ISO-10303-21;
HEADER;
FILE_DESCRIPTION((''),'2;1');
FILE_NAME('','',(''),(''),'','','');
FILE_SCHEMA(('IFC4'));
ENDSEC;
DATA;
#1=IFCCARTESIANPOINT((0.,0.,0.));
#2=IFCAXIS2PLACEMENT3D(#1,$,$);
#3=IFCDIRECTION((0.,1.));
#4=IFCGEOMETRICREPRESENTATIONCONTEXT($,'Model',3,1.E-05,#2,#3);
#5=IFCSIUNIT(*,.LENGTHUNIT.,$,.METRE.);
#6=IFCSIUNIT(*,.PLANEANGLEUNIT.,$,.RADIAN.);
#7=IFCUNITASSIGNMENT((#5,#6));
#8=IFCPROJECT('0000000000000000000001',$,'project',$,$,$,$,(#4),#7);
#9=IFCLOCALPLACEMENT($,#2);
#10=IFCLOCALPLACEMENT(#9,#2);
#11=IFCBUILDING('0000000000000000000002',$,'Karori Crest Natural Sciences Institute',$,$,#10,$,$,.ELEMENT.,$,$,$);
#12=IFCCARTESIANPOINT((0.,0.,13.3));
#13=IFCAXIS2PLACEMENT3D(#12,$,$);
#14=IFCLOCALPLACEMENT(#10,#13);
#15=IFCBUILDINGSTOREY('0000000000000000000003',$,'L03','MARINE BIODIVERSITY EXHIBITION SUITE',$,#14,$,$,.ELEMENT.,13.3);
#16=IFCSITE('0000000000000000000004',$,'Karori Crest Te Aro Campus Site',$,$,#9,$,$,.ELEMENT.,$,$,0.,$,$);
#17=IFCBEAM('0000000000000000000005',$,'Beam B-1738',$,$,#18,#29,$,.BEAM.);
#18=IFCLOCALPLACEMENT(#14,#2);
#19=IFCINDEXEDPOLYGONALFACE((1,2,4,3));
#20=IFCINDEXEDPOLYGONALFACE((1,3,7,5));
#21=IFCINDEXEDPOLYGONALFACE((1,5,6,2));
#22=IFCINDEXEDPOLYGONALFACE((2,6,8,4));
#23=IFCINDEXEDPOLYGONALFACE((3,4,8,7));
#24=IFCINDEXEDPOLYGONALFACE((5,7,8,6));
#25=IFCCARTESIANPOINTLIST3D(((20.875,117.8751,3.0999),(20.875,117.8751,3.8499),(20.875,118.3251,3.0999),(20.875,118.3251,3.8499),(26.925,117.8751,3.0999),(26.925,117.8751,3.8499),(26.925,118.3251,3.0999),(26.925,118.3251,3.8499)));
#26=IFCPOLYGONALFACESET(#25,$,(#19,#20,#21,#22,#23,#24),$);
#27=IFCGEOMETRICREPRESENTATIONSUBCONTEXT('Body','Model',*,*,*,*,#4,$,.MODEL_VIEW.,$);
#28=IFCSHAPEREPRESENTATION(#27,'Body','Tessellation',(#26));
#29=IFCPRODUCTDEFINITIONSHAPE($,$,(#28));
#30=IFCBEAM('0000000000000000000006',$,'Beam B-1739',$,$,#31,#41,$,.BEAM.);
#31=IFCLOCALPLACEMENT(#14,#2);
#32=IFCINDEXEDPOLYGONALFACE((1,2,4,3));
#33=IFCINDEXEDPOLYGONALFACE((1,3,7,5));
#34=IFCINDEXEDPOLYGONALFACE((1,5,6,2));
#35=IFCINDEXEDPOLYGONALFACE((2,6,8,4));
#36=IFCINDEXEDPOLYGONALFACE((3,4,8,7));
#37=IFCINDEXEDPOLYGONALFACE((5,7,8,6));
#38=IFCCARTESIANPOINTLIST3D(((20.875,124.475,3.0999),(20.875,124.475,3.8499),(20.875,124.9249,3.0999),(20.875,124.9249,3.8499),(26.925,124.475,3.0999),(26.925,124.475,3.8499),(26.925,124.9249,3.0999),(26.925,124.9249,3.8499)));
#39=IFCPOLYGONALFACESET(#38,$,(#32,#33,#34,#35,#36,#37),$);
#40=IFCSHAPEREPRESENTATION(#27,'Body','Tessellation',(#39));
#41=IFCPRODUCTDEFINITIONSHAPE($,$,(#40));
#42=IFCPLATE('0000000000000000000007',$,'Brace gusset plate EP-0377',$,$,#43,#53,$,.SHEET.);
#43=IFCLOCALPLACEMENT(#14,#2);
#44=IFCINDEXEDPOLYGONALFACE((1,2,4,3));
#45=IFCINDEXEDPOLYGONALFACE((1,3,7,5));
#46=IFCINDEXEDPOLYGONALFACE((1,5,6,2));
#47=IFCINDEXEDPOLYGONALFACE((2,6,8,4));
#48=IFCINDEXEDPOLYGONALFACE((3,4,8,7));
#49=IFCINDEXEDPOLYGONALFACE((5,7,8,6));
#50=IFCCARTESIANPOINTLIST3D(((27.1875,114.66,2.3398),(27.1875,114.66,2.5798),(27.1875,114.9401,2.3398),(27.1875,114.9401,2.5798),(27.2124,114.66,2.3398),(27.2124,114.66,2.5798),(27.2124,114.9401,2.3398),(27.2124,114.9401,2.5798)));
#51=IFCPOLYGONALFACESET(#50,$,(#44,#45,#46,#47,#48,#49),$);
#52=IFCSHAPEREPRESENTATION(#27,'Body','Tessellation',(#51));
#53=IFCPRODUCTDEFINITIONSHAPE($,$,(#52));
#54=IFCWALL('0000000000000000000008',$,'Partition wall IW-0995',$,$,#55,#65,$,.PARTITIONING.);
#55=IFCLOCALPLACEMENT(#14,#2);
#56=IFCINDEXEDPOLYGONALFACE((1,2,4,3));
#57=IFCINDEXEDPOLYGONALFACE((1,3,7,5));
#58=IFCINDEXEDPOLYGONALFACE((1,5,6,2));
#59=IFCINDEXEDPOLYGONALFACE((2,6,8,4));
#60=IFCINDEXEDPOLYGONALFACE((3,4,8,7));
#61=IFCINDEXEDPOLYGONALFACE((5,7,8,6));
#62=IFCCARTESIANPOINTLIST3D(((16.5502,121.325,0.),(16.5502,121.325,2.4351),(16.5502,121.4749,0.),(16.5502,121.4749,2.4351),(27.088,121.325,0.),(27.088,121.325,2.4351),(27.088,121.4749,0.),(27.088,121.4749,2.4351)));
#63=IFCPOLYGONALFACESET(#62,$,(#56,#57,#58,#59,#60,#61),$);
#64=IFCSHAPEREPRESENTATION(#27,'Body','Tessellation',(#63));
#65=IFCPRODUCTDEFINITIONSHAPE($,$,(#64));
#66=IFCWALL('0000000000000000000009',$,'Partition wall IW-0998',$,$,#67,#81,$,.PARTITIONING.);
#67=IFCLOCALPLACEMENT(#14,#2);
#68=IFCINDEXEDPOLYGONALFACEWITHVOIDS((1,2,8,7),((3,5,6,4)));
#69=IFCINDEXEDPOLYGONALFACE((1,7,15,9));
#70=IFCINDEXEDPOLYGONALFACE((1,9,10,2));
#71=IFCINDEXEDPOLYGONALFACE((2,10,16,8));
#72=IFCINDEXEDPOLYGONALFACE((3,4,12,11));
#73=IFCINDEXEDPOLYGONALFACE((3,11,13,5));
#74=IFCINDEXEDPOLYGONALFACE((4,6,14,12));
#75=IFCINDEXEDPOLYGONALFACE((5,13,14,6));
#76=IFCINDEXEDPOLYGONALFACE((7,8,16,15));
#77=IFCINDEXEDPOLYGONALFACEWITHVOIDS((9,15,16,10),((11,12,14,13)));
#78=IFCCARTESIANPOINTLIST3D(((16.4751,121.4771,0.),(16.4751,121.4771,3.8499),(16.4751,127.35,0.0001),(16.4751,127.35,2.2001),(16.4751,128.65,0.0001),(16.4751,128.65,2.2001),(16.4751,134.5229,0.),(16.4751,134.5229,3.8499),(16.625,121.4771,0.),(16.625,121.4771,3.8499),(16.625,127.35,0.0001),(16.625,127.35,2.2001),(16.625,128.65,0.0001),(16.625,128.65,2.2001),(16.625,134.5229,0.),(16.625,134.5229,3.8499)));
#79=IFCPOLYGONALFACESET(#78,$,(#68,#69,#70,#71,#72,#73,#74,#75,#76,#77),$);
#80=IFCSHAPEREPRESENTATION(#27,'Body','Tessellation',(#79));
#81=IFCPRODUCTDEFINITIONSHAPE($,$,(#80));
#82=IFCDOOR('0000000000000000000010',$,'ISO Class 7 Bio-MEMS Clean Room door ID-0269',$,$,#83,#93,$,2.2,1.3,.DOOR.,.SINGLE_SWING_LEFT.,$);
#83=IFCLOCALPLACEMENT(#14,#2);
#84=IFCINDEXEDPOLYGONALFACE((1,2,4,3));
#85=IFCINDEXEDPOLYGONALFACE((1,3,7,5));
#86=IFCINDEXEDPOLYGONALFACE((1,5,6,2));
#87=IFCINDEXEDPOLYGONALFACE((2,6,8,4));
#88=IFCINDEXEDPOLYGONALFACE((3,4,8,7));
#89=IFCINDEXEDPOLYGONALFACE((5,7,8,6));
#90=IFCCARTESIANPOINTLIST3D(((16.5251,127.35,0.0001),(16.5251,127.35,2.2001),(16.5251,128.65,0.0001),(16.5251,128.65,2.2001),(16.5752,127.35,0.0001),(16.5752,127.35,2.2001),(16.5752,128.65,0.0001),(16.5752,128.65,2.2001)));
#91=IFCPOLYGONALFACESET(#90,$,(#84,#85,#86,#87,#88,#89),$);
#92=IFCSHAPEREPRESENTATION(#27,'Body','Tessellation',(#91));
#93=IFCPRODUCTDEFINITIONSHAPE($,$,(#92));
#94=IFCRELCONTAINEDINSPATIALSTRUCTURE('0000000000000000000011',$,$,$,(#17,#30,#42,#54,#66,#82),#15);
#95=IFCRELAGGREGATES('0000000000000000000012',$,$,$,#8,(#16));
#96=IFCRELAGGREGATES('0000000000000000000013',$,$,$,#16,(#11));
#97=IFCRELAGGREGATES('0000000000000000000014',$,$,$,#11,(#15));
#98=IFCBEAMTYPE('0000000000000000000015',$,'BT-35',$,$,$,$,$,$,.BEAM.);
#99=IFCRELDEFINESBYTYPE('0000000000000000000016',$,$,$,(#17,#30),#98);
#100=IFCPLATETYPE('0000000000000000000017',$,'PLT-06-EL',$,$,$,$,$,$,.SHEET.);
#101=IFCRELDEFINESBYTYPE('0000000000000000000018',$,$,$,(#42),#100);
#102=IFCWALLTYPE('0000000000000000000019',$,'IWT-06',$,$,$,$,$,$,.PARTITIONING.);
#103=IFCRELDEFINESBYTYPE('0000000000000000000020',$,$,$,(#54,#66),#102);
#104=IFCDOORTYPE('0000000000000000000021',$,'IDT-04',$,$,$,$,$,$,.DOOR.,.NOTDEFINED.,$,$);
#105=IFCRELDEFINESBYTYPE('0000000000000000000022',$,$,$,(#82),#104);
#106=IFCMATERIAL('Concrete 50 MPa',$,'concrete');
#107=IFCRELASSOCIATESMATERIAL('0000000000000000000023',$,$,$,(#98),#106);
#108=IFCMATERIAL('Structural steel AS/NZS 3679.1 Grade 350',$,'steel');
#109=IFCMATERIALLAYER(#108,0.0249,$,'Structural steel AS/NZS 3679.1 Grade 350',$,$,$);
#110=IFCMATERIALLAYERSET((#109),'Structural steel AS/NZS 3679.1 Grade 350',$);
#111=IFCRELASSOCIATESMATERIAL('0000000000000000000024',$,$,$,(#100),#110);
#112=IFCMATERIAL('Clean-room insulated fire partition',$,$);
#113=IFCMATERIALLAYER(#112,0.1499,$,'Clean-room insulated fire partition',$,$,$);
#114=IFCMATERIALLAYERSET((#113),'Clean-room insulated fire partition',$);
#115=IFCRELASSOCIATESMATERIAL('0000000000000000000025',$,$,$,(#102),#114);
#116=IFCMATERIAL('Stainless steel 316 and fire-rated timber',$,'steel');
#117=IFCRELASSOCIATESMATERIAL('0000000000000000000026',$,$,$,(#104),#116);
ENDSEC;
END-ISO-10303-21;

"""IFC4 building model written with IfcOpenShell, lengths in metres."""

from ifc_helpers import new_model, si_unit, direction, frame, frame_2d, origin, origin_2d, place, context, subcontext, project, spatial, rectangle, extrude, material, layer, layer_set, material_profile, profile_set, type_object, element, fill, save


model = new_model("IFC4")

# Units and contexts
model_context = context("Model", 3, precision=1e-05, world=origin(), true_north=direction((0.0, 1.0)))
body_context = subcontext(model_context, "Body", "Model", "MODEL_VIEW")
ifc_project = project(units=[si_unit("LENGTHUNIT", "METRE"), si_unit("PLANEANGLEUNIT", "RADIAN")], contexts=[model_context])

# Site, building, storey
site_placement = place(None, origin())
site = spatial("IfcSite", under=ifc_project, at=site_placement, Name="Karori Crest Te Aro Campus Site", CompositionType="ELEMENT", RefElevation=0.0)
building_placement = place(site_placement, origin())
building = spatial("IfcBuilding", under=site, at=building_placement, Name="Karori Crest Natural Sciences Institute", CompositionType="ELEMENT")
storey_placement = place(building_placement, frame((0.0, 0.0, 13.3)))
storey = spatial("IfcBuildingStorey", under=building, at=storey_placement, Name="L03", Description="MARINE BIODIVERSITY EXHIBITION SUITE", CompositionType="ELEMENT", Elevation=13.3)

# Shared definitions
ifc_material_1 = material(Name="Concrete 50 MPa", Category="concrete")

# Beams
ifc_material_profile_1 = material_profile(ifc_material_1, rectangle(XDim=0.45, YDim=0.75, at=origin_2d()), Name="RCB450x750")
ifc_profile_set_1 = profile_set([ifc_material_profile_1], Name="Concrete 50 MPa")
beam_type_1 = type_object("IfcBeamType", Name="BT-35", PredefinedType="BEAM", material=ifc_profile_set_1)
for number, where, z_axis, x_axis, name in (
    (1, (20.875, 118.1001, 3.4749), (1.0, 0.0, 0.0), (0.0, 1.0, 0.0), "Beam B-1738"),
    (2, (20.875, 124.7, 3.4749), (1.0, 0.0, 0.0), (0.0, 1.0, 0.0), "Beam B-1739"),
):
    element("IfcBeam", number, at=place(storey_placement, frame(where, z_axis=z_axis, x_axis=x_axis)), inside=storey, type_object=beam_type_1, Name=name, PredefinedType="BEAM", context=body_context, shape_type="SweptSolid", body=[
        extrude(rectangle(XDim=0.45, YDim=0.75, at=origin_2d()), origin(), (0.0, 0.0, 1.0), 6.05),
    ])

# Plate
ifc_material_2 = material(Name="Structural steel AS/NZS 3679.1 Grade 350", Category="steel")
ifc_layer_1 = layer(ifc_material_2, 0.0249, Name="Structural steel AS/NZS 3679.1 Grade 350")
ifc_layer_set_1 = layer_set([ifc_layer_1], Name="Structural steel AS/NZS 3679.1 Grade 350")
plate_type = type_object("IfcPlateType", Name="PLT-06-EL", PredefinedType="SHEET", material=ifc_layer_set_1)
plate_placement = place(storey_placement, frame((27.2, 114.8, 2.3398), z_axis=(0.0, 0.0, 1.0), x_axis=(0.0, 1.0, 0.0)))
element("IfcPlate", 3, at=plate_placement, inside=storey, type_object=plate_type, Name="Brace gusset plate EP-0377", PredefinedType="SHEET", context=body_context, shape_type="SweptSolid", body=[
    extrude(rectangle(XDim=0.28, YDim=0.0249, at=origin_2d()), origin(), (0.0, 0.0, 1.0), 0.24),
])

# Wall
ifc_material_3 = material(Name="Clean-room insulated fire partition")
ifc_layer_2 = layer(ifc_material_3, 0.1499, Name="Clean-room insulated fire partition")
ifc_layer_set_2 = layer_set([ifc_layer_2], Name="Clean-room insulated fire partition")
wall_type = type_object("IfcWallType", Name="IWT-06", PredefinedType="PARTITIONING", material=ifc_layer_set_2)
wall_1_placement = place(storey_placement, frame((16.55, 121.3999, 0.0), z_axis=(0.0, 0.0, 1.0), x_axis=(1.0, 0.0, 0.0)))
element("IfcWall", 4, at=wall_1_placement, inside=storey, type_object=wall_type, Name="Partition wall IW-0995", PredefinedType="PARTITIONING", context=body_context, shape_type="SweptSolid", body=[
    extrude(rectangle(XDim=10.5378, YDim=0.1499, at=frame_2d((5.269, 0.0))), origin(), (0.0, 0.0, 1.0), 2.4351),
])

# Wall, opening, door
wall_2_placement = place(storey_placement, frame((16.55, 121.4771, 0.0), z_axis=(0.0, 0.0, 1.0), x_axis=(0.0, 1.0, 0.0)))
wall_2 = element("IfcWall", 5, at=wall_2_placement, inside=storey, type_object=wall_type, Name="Partition wall IW-0998", PredefinedType="PARTITIONING", context=body_context, shape_type="SweptSolid", body=[
    extrude(rectangle(XDim=13.0459, YDim=0.1499, at=frame_2d((6.5229, 0.0))), origin(), (0.0, 0.0, 1.0), 3.8499),
])
opening_placement = place(wall_2_placement, frame((5.873, 0.0, 0.0)))
opening = element("IfcOpeningElement", 6, at=opening_placement, cuts=wall_2, PredefinedType="OPENING", context=body_context, shape_type="SweptSolid", body=[
    extrude(rectangle(XDim=1.3, YDim=2.2, at=frame_2d((0.6499, 1.1001))), frame((0.0, 0.085, 0.0), z_axis=(0.0, -1.0, 0.0), x_axis=(1.0, 0.0, 0.0)), (0.0, 0.0, 1.0), 0.1699),
])
ifc_material_4 = material(Name="Stainless steel 316 and fire-rated timber", Category="steel")
door_type = type_object("IfcDoorType", Name="IDT-04", OperationType="NOTDEFINED", PredefinedType="DOOR", material=ifc_material_4)
door_placement = place(opening_placement, origin())
door = element("IfcDoor", 7, at=door_placement, inside=storey, type_object=door_type, Name="ISO Class 7 Bio-MEMS Clean Room door ID-0269", OperationType="SINGLE_SWING_LEFT", OverallHeight=2.2, OverallWidth=1.3, PredefinedType="DOOR", context=body_context, shape_type="SweptSolid", body=[
    extrude(rectangle(XDim=1.3, YDim=2.2, at=frame_2d((0.6499, 1.1001))), frame((0.0, 0.0249, 0.0), z_axis=(0.0, -1.0, 0.0), x_axis=(1.0, 0.0, 0.0)), (0.0, 0.0, 1.0), 0.05),
])
fill(opening, door)

save(model, "model.ifc")
